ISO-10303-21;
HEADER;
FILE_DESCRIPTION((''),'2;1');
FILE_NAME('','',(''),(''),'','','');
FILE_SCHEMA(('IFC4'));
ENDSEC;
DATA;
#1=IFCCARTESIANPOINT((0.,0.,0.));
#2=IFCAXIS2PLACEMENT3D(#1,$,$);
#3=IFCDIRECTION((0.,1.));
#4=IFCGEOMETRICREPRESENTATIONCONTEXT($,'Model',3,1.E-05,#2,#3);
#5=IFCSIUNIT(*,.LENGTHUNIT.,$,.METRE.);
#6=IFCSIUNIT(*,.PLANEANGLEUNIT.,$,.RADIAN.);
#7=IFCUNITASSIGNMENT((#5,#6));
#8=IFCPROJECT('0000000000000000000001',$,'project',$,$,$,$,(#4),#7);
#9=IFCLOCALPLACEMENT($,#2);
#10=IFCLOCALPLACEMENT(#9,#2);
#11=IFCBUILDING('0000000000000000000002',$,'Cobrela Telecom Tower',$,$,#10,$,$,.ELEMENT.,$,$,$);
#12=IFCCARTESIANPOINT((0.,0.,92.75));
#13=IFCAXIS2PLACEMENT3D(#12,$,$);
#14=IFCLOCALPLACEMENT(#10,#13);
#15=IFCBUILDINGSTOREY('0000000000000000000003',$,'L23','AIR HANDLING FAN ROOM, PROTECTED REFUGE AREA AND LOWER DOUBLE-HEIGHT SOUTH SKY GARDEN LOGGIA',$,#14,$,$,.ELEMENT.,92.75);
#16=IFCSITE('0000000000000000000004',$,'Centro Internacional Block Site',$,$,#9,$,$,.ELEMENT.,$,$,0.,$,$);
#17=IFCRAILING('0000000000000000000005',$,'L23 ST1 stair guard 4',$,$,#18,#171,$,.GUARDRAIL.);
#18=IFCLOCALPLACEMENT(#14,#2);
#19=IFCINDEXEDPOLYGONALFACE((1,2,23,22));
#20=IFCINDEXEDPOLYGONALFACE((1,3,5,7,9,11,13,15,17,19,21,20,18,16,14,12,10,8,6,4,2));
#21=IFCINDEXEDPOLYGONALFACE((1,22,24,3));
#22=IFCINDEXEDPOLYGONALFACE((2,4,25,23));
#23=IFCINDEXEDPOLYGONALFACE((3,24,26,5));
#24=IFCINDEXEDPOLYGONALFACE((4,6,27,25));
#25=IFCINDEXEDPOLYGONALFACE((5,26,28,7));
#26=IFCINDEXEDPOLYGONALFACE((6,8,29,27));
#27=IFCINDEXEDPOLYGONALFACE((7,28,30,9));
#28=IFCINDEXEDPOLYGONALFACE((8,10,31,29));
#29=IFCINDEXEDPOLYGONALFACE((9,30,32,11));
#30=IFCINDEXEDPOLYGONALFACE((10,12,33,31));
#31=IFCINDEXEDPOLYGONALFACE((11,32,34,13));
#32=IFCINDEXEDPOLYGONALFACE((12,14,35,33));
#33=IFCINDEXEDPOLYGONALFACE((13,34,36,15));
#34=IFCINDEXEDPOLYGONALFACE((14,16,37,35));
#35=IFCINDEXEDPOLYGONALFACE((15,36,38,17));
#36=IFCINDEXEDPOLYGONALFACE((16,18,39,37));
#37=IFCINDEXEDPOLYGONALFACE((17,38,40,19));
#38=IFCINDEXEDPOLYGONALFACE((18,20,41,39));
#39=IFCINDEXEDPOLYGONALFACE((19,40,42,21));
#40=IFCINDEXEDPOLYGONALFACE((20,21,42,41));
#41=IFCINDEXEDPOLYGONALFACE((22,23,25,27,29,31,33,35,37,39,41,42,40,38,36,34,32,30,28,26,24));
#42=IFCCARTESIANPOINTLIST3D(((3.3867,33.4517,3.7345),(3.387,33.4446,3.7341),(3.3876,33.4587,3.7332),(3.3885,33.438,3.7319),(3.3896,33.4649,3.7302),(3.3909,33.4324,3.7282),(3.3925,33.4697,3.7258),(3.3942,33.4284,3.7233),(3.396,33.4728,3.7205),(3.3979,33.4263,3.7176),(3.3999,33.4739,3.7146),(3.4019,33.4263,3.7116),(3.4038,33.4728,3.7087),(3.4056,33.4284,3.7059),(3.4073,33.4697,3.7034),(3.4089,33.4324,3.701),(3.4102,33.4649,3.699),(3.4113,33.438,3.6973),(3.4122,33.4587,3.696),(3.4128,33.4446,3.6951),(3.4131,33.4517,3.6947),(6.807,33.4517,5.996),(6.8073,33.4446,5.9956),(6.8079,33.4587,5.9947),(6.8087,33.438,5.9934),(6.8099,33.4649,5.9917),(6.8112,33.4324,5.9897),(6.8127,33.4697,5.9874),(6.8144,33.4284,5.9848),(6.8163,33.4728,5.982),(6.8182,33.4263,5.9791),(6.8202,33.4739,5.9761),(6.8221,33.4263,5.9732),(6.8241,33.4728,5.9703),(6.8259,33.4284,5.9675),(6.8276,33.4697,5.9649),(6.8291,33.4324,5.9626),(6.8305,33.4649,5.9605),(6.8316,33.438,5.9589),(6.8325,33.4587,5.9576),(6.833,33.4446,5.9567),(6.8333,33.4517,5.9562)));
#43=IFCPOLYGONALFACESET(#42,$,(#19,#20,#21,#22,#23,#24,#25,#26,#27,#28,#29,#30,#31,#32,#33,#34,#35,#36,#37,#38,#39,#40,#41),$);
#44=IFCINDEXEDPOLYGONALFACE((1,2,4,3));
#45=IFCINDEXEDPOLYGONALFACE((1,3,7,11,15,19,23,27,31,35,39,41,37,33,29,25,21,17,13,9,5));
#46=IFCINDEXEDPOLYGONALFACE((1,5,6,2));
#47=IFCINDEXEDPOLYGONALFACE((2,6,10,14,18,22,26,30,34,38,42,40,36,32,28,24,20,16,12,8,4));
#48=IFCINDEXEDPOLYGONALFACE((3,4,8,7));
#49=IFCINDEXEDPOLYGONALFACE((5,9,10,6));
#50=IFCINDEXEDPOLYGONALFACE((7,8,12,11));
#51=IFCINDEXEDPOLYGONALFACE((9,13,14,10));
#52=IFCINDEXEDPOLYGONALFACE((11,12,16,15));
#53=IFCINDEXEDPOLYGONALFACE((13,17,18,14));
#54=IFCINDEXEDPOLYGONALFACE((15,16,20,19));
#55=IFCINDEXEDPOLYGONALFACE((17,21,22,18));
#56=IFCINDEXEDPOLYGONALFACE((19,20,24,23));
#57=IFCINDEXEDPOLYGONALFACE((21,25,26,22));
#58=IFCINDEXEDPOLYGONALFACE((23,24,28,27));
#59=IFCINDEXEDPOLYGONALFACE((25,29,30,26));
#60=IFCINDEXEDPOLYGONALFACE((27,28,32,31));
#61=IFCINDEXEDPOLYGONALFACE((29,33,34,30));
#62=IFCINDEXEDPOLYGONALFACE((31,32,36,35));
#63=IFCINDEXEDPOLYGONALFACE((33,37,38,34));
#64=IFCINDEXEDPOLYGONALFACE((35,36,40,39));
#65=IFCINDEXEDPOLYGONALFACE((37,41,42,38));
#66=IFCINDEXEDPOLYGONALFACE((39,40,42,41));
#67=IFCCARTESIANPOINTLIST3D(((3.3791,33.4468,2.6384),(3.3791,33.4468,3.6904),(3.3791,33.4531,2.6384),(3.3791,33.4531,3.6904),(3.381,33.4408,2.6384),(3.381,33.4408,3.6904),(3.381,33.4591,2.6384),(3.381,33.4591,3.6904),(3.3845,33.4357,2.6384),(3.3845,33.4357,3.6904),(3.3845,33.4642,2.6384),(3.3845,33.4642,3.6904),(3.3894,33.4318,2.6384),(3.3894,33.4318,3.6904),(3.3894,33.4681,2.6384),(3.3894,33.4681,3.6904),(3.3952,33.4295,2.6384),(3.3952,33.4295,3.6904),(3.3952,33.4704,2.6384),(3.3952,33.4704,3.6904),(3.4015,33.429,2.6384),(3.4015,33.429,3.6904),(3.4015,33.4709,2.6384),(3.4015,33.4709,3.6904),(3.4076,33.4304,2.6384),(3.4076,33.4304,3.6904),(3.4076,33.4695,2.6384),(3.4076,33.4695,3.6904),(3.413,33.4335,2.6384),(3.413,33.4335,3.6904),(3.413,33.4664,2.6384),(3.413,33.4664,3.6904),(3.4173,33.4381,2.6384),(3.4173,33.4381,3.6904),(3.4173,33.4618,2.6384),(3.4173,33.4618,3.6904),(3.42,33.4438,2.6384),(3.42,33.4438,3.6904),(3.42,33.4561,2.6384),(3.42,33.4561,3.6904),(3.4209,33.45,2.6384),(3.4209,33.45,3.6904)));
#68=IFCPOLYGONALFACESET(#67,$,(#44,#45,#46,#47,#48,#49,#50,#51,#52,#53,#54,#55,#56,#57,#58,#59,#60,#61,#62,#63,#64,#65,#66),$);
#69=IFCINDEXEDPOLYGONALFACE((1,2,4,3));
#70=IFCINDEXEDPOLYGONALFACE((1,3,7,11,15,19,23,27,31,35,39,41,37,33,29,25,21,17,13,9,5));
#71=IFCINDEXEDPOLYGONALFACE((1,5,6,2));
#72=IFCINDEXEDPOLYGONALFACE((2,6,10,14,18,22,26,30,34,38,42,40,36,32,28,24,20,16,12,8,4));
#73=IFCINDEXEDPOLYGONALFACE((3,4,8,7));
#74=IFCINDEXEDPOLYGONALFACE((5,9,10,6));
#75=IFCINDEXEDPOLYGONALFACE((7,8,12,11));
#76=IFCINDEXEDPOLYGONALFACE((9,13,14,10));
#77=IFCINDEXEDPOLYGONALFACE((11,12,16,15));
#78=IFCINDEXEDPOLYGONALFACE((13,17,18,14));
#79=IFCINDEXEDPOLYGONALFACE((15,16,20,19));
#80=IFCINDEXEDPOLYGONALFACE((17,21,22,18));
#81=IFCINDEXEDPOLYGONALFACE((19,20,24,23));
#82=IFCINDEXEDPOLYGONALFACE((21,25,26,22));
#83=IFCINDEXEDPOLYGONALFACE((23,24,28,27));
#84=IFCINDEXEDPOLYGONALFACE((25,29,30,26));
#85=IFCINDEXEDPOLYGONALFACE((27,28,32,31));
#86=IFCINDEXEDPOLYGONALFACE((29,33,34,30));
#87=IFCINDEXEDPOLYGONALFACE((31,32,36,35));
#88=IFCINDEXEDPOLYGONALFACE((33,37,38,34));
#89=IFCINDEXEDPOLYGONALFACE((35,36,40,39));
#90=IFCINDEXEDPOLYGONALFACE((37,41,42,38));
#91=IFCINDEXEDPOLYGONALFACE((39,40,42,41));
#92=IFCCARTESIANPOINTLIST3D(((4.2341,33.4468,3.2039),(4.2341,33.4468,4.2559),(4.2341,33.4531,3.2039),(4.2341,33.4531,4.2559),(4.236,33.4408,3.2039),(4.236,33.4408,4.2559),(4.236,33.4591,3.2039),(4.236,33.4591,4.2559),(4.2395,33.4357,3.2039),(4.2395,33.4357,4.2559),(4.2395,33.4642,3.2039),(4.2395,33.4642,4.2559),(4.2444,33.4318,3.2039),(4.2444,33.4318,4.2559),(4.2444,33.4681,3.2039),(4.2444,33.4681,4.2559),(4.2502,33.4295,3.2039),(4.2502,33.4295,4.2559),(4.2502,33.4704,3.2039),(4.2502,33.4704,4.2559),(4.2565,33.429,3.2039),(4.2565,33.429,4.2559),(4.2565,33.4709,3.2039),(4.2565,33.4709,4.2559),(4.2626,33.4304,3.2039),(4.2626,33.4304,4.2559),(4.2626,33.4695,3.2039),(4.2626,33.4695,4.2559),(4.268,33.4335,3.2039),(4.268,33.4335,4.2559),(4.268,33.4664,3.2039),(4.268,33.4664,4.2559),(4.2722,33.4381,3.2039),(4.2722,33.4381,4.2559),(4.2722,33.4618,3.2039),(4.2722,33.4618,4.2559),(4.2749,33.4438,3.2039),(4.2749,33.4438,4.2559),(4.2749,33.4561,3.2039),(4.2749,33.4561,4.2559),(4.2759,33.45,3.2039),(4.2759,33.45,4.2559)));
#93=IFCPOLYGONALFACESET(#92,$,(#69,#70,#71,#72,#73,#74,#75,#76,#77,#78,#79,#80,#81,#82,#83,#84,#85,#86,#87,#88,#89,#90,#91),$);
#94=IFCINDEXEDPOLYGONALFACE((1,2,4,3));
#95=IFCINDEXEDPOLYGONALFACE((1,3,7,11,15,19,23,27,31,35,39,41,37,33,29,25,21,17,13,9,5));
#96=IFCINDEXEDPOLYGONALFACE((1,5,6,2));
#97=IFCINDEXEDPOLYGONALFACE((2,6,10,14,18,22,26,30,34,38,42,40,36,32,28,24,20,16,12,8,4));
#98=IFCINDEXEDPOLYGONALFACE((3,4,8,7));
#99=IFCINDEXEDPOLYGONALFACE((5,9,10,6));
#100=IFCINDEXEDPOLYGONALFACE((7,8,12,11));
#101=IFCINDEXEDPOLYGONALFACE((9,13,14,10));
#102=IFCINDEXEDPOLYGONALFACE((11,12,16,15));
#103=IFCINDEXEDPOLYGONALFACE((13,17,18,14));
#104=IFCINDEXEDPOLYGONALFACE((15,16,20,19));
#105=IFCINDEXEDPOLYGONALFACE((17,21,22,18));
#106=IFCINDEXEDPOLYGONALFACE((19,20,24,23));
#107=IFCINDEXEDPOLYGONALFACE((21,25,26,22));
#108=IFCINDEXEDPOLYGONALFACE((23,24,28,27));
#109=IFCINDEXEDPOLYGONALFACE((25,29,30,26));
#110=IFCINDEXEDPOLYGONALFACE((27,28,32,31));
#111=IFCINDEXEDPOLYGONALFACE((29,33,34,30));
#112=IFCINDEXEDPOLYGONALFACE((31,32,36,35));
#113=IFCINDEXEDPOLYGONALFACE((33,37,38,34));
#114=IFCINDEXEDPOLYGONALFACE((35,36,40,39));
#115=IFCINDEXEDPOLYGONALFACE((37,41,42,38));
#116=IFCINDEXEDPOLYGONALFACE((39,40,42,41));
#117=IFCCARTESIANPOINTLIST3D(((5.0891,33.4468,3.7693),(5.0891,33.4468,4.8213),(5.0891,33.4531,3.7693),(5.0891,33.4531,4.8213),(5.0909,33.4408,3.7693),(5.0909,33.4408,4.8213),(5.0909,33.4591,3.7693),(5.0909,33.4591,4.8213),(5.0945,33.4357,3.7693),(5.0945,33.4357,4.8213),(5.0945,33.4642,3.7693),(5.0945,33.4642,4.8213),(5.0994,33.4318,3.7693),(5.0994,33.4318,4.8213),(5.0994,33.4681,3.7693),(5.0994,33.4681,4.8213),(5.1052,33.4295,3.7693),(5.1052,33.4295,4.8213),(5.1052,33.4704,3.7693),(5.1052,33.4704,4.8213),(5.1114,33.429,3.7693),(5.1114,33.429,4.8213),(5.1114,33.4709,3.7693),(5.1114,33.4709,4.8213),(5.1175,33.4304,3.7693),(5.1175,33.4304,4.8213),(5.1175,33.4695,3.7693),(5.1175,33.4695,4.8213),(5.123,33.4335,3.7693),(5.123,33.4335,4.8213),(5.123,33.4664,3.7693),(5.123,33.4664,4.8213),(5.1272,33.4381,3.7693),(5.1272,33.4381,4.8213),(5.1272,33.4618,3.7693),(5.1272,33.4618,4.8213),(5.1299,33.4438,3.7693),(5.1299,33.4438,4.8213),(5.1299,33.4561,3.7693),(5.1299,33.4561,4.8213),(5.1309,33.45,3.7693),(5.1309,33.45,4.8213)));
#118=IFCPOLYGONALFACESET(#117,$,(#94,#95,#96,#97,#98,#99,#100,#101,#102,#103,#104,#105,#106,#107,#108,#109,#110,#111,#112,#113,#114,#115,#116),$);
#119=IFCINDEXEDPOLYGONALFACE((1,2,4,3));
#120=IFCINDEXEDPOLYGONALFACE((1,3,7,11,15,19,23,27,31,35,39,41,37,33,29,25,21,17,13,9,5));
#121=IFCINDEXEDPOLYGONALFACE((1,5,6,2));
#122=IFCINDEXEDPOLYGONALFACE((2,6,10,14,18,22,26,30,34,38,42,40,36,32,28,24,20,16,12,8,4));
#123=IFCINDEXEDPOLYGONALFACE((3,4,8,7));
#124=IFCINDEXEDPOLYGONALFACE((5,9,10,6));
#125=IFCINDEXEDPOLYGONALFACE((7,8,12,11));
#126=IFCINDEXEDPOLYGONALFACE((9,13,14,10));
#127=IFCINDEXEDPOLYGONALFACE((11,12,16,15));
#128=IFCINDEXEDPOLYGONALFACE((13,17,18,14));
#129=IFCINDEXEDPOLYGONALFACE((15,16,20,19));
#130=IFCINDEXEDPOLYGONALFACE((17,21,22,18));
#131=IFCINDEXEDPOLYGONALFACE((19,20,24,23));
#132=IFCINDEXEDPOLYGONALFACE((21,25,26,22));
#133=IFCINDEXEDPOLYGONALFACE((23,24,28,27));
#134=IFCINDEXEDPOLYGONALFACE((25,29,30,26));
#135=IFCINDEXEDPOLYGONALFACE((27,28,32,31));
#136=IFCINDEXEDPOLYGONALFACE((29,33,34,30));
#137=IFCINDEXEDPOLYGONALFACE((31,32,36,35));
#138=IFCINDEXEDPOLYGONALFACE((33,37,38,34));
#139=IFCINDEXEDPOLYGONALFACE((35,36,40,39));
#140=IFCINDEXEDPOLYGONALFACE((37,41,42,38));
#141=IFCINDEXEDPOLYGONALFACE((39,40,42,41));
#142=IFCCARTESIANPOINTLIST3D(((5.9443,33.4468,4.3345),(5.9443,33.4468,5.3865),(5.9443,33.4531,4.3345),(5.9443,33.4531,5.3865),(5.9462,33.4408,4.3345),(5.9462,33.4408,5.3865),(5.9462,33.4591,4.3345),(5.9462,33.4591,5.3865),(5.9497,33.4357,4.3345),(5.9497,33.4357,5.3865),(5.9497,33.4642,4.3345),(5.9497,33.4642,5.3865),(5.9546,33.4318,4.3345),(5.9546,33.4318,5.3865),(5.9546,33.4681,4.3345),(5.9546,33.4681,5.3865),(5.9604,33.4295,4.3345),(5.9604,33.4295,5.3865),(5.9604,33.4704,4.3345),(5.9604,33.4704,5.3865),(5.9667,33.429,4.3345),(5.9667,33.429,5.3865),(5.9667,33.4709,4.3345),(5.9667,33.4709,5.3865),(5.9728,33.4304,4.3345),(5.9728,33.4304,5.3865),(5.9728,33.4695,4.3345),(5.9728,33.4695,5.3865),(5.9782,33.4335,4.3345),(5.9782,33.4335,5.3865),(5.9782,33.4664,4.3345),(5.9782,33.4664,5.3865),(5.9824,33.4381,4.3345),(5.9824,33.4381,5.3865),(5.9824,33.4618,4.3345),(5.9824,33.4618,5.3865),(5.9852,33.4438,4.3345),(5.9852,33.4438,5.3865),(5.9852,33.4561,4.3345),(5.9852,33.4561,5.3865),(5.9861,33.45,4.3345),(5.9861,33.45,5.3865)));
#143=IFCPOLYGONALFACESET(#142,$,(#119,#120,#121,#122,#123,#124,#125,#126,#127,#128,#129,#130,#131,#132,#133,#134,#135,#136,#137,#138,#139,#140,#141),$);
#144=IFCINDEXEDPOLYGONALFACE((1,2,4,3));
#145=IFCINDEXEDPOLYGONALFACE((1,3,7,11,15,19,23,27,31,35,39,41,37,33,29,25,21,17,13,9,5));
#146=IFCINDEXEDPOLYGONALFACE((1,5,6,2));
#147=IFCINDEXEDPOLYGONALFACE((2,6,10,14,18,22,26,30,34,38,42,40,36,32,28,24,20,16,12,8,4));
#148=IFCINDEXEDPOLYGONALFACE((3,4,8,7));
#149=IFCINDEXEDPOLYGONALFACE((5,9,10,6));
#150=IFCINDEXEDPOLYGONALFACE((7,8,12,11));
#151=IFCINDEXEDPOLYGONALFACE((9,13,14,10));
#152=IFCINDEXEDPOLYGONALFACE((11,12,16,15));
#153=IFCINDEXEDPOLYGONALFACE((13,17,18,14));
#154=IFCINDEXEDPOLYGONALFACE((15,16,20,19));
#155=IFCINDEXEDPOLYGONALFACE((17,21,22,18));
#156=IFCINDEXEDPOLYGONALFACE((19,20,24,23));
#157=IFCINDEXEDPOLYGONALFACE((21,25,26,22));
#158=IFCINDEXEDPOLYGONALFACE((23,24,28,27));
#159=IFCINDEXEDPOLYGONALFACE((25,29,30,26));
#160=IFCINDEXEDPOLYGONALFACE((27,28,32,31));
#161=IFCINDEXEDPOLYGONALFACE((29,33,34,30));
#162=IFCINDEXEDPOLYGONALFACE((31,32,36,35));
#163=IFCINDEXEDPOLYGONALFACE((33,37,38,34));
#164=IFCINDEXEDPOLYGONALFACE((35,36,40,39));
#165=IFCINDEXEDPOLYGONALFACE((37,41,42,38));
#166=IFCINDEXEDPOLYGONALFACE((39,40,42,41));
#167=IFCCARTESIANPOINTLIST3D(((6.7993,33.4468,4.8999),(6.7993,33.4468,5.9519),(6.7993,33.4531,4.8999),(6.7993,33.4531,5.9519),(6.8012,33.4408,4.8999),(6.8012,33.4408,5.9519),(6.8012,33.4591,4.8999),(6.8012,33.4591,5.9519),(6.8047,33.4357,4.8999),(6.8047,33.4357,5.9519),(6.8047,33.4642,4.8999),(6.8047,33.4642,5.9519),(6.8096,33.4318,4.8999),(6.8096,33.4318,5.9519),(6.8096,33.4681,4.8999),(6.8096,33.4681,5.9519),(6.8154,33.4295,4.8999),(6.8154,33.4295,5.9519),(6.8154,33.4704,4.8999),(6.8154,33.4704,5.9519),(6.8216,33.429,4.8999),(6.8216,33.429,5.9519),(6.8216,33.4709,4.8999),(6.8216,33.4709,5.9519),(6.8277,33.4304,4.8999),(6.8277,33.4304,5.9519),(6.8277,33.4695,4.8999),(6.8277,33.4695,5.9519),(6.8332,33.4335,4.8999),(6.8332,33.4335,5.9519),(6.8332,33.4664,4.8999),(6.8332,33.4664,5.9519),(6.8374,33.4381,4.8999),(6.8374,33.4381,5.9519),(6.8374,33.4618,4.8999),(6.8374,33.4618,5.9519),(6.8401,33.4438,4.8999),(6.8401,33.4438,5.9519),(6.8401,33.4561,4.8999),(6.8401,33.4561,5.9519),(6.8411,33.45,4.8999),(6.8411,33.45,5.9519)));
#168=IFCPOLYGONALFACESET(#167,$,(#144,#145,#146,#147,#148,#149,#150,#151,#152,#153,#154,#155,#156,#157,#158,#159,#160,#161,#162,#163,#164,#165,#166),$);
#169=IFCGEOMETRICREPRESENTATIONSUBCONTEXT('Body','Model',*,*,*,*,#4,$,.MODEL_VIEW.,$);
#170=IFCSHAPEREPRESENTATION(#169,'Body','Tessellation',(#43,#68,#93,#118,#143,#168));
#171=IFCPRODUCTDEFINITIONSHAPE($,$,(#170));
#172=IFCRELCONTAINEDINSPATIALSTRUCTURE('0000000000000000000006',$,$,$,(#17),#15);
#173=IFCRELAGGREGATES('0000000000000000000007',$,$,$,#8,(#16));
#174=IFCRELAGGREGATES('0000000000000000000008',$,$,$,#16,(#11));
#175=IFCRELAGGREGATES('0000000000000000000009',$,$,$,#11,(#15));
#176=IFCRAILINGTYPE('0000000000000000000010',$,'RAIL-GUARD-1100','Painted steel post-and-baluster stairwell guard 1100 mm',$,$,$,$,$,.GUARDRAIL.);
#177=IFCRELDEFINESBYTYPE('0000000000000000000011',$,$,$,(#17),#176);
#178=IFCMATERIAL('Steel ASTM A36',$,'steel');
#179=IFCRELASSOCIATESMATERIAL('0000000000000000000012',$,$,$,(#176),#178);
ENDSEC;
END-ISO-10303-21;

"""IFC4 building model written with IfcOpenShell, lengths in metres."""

from ifc_helpers import new_model, si_unit, direction, frame, origin, origin_2d, place, context, subcontext, project, spatial, circle, extrude, material, type_object, element, save


model = new_model("IFC4")

# Units and contexts
model_context = context("Model", 3, precision=1e-05, world=origin(), true_north=direction((0.0, 1.0)))
body_context = subcontext(model_context, "Body", "Model", "MODEL_VIEW")
ifc_project = project(units=[si_unit("LENGTHUNIT", "METRE"), si_unit("PLANEANGLEUNIT", "RADIAN")], contexts=[model_context])

# Site, building, storey
site_placement = place(None, origin())
site = spatial("IfcSite", under=ifc_project, at=site_placement, Name="Centro Internacional Block Site", CompositionType="ELEMENT", RefElevation=0.0)
building_placement = place(site_placement, origin())
building = spatial("IfcBuilding", under=site, at=building_placement, Name="Cobrela Telecom Tower", CompositionType="ELEMENT")
storey_placement = place(building_placement, frame((0.0, 0.0, 92.75)))
storey = spatial("IfcBuildingStorey", under=building, at=storey_placement, Name="L23", Description="AIR HANDLING FAN ROOM, PROTECTED REFUGE AREA AND LOWER DOUBLE-HEIGHT SOUTH SKY GARDEN LOGGIA", CompositionType="ELEMENT", Elevation=92.75)

# Shared definitions
ifc_material_1 = material(Name="Steel ASTM A36", Category="steel")

# Railing
railing_type_1 = type_object("IfcRailingType", Name="RAIL-GUARD-1100", Description="Painted steel post-and-baluster stairwell guard 1100 mm", PredefinedType="GUARDRAIL", material=ifc_material_1)
railing_1_placement = place(storey_placement, frame((3.3999, 33.45, 2.6384)))
element("IfcRailing", 1, at=railing_1_placement, inside=storey, type_object=railing_type_1, Name="L23 ST1 stair guard 4", PredefinedType="GUARDRAIL", context=body_context, shape_type="SweptSolid", body=[
    extrude(circle(Radius=0.0239, at=origin_2d()), frame((0.0, 0.0, 1.0762), z_axis=(0.834142, 0.0, 0.55155), x_axis=(0.0, 1.0, 0.0)), (0.0, 0.0, 1.0), 4.1003),
    extrude(circle(Radius=0.021, at=origin_2d()), origin(), (0.0, 0.0, 1.0), 1.052),
    extrude(circle(Radius=0.021, at=origin_2d()), frame((0.855, 0.0, 0.5654)), (0.0, 0.0, 1.0), 1.052),
    extrude(circle(Radius=0.021, at=origin_2d()), frame((1.71, 0.0, 1.1309)), (0.0, 0.0, 1.0), 1.052),
    extrude(circle(Radius=0.021, at=origin_2d()), frame((2.5652, 0.0, 1.696)), (0.0, 0.0, 1.0), 1.052),
    extrude(circle(Radius=0.021, at=origin_2d()), frame((3.4202, 0.0, 2.2615)), (0.0, 0.0, 1.0), 1.052),
])

save(model, "model.ifc")
